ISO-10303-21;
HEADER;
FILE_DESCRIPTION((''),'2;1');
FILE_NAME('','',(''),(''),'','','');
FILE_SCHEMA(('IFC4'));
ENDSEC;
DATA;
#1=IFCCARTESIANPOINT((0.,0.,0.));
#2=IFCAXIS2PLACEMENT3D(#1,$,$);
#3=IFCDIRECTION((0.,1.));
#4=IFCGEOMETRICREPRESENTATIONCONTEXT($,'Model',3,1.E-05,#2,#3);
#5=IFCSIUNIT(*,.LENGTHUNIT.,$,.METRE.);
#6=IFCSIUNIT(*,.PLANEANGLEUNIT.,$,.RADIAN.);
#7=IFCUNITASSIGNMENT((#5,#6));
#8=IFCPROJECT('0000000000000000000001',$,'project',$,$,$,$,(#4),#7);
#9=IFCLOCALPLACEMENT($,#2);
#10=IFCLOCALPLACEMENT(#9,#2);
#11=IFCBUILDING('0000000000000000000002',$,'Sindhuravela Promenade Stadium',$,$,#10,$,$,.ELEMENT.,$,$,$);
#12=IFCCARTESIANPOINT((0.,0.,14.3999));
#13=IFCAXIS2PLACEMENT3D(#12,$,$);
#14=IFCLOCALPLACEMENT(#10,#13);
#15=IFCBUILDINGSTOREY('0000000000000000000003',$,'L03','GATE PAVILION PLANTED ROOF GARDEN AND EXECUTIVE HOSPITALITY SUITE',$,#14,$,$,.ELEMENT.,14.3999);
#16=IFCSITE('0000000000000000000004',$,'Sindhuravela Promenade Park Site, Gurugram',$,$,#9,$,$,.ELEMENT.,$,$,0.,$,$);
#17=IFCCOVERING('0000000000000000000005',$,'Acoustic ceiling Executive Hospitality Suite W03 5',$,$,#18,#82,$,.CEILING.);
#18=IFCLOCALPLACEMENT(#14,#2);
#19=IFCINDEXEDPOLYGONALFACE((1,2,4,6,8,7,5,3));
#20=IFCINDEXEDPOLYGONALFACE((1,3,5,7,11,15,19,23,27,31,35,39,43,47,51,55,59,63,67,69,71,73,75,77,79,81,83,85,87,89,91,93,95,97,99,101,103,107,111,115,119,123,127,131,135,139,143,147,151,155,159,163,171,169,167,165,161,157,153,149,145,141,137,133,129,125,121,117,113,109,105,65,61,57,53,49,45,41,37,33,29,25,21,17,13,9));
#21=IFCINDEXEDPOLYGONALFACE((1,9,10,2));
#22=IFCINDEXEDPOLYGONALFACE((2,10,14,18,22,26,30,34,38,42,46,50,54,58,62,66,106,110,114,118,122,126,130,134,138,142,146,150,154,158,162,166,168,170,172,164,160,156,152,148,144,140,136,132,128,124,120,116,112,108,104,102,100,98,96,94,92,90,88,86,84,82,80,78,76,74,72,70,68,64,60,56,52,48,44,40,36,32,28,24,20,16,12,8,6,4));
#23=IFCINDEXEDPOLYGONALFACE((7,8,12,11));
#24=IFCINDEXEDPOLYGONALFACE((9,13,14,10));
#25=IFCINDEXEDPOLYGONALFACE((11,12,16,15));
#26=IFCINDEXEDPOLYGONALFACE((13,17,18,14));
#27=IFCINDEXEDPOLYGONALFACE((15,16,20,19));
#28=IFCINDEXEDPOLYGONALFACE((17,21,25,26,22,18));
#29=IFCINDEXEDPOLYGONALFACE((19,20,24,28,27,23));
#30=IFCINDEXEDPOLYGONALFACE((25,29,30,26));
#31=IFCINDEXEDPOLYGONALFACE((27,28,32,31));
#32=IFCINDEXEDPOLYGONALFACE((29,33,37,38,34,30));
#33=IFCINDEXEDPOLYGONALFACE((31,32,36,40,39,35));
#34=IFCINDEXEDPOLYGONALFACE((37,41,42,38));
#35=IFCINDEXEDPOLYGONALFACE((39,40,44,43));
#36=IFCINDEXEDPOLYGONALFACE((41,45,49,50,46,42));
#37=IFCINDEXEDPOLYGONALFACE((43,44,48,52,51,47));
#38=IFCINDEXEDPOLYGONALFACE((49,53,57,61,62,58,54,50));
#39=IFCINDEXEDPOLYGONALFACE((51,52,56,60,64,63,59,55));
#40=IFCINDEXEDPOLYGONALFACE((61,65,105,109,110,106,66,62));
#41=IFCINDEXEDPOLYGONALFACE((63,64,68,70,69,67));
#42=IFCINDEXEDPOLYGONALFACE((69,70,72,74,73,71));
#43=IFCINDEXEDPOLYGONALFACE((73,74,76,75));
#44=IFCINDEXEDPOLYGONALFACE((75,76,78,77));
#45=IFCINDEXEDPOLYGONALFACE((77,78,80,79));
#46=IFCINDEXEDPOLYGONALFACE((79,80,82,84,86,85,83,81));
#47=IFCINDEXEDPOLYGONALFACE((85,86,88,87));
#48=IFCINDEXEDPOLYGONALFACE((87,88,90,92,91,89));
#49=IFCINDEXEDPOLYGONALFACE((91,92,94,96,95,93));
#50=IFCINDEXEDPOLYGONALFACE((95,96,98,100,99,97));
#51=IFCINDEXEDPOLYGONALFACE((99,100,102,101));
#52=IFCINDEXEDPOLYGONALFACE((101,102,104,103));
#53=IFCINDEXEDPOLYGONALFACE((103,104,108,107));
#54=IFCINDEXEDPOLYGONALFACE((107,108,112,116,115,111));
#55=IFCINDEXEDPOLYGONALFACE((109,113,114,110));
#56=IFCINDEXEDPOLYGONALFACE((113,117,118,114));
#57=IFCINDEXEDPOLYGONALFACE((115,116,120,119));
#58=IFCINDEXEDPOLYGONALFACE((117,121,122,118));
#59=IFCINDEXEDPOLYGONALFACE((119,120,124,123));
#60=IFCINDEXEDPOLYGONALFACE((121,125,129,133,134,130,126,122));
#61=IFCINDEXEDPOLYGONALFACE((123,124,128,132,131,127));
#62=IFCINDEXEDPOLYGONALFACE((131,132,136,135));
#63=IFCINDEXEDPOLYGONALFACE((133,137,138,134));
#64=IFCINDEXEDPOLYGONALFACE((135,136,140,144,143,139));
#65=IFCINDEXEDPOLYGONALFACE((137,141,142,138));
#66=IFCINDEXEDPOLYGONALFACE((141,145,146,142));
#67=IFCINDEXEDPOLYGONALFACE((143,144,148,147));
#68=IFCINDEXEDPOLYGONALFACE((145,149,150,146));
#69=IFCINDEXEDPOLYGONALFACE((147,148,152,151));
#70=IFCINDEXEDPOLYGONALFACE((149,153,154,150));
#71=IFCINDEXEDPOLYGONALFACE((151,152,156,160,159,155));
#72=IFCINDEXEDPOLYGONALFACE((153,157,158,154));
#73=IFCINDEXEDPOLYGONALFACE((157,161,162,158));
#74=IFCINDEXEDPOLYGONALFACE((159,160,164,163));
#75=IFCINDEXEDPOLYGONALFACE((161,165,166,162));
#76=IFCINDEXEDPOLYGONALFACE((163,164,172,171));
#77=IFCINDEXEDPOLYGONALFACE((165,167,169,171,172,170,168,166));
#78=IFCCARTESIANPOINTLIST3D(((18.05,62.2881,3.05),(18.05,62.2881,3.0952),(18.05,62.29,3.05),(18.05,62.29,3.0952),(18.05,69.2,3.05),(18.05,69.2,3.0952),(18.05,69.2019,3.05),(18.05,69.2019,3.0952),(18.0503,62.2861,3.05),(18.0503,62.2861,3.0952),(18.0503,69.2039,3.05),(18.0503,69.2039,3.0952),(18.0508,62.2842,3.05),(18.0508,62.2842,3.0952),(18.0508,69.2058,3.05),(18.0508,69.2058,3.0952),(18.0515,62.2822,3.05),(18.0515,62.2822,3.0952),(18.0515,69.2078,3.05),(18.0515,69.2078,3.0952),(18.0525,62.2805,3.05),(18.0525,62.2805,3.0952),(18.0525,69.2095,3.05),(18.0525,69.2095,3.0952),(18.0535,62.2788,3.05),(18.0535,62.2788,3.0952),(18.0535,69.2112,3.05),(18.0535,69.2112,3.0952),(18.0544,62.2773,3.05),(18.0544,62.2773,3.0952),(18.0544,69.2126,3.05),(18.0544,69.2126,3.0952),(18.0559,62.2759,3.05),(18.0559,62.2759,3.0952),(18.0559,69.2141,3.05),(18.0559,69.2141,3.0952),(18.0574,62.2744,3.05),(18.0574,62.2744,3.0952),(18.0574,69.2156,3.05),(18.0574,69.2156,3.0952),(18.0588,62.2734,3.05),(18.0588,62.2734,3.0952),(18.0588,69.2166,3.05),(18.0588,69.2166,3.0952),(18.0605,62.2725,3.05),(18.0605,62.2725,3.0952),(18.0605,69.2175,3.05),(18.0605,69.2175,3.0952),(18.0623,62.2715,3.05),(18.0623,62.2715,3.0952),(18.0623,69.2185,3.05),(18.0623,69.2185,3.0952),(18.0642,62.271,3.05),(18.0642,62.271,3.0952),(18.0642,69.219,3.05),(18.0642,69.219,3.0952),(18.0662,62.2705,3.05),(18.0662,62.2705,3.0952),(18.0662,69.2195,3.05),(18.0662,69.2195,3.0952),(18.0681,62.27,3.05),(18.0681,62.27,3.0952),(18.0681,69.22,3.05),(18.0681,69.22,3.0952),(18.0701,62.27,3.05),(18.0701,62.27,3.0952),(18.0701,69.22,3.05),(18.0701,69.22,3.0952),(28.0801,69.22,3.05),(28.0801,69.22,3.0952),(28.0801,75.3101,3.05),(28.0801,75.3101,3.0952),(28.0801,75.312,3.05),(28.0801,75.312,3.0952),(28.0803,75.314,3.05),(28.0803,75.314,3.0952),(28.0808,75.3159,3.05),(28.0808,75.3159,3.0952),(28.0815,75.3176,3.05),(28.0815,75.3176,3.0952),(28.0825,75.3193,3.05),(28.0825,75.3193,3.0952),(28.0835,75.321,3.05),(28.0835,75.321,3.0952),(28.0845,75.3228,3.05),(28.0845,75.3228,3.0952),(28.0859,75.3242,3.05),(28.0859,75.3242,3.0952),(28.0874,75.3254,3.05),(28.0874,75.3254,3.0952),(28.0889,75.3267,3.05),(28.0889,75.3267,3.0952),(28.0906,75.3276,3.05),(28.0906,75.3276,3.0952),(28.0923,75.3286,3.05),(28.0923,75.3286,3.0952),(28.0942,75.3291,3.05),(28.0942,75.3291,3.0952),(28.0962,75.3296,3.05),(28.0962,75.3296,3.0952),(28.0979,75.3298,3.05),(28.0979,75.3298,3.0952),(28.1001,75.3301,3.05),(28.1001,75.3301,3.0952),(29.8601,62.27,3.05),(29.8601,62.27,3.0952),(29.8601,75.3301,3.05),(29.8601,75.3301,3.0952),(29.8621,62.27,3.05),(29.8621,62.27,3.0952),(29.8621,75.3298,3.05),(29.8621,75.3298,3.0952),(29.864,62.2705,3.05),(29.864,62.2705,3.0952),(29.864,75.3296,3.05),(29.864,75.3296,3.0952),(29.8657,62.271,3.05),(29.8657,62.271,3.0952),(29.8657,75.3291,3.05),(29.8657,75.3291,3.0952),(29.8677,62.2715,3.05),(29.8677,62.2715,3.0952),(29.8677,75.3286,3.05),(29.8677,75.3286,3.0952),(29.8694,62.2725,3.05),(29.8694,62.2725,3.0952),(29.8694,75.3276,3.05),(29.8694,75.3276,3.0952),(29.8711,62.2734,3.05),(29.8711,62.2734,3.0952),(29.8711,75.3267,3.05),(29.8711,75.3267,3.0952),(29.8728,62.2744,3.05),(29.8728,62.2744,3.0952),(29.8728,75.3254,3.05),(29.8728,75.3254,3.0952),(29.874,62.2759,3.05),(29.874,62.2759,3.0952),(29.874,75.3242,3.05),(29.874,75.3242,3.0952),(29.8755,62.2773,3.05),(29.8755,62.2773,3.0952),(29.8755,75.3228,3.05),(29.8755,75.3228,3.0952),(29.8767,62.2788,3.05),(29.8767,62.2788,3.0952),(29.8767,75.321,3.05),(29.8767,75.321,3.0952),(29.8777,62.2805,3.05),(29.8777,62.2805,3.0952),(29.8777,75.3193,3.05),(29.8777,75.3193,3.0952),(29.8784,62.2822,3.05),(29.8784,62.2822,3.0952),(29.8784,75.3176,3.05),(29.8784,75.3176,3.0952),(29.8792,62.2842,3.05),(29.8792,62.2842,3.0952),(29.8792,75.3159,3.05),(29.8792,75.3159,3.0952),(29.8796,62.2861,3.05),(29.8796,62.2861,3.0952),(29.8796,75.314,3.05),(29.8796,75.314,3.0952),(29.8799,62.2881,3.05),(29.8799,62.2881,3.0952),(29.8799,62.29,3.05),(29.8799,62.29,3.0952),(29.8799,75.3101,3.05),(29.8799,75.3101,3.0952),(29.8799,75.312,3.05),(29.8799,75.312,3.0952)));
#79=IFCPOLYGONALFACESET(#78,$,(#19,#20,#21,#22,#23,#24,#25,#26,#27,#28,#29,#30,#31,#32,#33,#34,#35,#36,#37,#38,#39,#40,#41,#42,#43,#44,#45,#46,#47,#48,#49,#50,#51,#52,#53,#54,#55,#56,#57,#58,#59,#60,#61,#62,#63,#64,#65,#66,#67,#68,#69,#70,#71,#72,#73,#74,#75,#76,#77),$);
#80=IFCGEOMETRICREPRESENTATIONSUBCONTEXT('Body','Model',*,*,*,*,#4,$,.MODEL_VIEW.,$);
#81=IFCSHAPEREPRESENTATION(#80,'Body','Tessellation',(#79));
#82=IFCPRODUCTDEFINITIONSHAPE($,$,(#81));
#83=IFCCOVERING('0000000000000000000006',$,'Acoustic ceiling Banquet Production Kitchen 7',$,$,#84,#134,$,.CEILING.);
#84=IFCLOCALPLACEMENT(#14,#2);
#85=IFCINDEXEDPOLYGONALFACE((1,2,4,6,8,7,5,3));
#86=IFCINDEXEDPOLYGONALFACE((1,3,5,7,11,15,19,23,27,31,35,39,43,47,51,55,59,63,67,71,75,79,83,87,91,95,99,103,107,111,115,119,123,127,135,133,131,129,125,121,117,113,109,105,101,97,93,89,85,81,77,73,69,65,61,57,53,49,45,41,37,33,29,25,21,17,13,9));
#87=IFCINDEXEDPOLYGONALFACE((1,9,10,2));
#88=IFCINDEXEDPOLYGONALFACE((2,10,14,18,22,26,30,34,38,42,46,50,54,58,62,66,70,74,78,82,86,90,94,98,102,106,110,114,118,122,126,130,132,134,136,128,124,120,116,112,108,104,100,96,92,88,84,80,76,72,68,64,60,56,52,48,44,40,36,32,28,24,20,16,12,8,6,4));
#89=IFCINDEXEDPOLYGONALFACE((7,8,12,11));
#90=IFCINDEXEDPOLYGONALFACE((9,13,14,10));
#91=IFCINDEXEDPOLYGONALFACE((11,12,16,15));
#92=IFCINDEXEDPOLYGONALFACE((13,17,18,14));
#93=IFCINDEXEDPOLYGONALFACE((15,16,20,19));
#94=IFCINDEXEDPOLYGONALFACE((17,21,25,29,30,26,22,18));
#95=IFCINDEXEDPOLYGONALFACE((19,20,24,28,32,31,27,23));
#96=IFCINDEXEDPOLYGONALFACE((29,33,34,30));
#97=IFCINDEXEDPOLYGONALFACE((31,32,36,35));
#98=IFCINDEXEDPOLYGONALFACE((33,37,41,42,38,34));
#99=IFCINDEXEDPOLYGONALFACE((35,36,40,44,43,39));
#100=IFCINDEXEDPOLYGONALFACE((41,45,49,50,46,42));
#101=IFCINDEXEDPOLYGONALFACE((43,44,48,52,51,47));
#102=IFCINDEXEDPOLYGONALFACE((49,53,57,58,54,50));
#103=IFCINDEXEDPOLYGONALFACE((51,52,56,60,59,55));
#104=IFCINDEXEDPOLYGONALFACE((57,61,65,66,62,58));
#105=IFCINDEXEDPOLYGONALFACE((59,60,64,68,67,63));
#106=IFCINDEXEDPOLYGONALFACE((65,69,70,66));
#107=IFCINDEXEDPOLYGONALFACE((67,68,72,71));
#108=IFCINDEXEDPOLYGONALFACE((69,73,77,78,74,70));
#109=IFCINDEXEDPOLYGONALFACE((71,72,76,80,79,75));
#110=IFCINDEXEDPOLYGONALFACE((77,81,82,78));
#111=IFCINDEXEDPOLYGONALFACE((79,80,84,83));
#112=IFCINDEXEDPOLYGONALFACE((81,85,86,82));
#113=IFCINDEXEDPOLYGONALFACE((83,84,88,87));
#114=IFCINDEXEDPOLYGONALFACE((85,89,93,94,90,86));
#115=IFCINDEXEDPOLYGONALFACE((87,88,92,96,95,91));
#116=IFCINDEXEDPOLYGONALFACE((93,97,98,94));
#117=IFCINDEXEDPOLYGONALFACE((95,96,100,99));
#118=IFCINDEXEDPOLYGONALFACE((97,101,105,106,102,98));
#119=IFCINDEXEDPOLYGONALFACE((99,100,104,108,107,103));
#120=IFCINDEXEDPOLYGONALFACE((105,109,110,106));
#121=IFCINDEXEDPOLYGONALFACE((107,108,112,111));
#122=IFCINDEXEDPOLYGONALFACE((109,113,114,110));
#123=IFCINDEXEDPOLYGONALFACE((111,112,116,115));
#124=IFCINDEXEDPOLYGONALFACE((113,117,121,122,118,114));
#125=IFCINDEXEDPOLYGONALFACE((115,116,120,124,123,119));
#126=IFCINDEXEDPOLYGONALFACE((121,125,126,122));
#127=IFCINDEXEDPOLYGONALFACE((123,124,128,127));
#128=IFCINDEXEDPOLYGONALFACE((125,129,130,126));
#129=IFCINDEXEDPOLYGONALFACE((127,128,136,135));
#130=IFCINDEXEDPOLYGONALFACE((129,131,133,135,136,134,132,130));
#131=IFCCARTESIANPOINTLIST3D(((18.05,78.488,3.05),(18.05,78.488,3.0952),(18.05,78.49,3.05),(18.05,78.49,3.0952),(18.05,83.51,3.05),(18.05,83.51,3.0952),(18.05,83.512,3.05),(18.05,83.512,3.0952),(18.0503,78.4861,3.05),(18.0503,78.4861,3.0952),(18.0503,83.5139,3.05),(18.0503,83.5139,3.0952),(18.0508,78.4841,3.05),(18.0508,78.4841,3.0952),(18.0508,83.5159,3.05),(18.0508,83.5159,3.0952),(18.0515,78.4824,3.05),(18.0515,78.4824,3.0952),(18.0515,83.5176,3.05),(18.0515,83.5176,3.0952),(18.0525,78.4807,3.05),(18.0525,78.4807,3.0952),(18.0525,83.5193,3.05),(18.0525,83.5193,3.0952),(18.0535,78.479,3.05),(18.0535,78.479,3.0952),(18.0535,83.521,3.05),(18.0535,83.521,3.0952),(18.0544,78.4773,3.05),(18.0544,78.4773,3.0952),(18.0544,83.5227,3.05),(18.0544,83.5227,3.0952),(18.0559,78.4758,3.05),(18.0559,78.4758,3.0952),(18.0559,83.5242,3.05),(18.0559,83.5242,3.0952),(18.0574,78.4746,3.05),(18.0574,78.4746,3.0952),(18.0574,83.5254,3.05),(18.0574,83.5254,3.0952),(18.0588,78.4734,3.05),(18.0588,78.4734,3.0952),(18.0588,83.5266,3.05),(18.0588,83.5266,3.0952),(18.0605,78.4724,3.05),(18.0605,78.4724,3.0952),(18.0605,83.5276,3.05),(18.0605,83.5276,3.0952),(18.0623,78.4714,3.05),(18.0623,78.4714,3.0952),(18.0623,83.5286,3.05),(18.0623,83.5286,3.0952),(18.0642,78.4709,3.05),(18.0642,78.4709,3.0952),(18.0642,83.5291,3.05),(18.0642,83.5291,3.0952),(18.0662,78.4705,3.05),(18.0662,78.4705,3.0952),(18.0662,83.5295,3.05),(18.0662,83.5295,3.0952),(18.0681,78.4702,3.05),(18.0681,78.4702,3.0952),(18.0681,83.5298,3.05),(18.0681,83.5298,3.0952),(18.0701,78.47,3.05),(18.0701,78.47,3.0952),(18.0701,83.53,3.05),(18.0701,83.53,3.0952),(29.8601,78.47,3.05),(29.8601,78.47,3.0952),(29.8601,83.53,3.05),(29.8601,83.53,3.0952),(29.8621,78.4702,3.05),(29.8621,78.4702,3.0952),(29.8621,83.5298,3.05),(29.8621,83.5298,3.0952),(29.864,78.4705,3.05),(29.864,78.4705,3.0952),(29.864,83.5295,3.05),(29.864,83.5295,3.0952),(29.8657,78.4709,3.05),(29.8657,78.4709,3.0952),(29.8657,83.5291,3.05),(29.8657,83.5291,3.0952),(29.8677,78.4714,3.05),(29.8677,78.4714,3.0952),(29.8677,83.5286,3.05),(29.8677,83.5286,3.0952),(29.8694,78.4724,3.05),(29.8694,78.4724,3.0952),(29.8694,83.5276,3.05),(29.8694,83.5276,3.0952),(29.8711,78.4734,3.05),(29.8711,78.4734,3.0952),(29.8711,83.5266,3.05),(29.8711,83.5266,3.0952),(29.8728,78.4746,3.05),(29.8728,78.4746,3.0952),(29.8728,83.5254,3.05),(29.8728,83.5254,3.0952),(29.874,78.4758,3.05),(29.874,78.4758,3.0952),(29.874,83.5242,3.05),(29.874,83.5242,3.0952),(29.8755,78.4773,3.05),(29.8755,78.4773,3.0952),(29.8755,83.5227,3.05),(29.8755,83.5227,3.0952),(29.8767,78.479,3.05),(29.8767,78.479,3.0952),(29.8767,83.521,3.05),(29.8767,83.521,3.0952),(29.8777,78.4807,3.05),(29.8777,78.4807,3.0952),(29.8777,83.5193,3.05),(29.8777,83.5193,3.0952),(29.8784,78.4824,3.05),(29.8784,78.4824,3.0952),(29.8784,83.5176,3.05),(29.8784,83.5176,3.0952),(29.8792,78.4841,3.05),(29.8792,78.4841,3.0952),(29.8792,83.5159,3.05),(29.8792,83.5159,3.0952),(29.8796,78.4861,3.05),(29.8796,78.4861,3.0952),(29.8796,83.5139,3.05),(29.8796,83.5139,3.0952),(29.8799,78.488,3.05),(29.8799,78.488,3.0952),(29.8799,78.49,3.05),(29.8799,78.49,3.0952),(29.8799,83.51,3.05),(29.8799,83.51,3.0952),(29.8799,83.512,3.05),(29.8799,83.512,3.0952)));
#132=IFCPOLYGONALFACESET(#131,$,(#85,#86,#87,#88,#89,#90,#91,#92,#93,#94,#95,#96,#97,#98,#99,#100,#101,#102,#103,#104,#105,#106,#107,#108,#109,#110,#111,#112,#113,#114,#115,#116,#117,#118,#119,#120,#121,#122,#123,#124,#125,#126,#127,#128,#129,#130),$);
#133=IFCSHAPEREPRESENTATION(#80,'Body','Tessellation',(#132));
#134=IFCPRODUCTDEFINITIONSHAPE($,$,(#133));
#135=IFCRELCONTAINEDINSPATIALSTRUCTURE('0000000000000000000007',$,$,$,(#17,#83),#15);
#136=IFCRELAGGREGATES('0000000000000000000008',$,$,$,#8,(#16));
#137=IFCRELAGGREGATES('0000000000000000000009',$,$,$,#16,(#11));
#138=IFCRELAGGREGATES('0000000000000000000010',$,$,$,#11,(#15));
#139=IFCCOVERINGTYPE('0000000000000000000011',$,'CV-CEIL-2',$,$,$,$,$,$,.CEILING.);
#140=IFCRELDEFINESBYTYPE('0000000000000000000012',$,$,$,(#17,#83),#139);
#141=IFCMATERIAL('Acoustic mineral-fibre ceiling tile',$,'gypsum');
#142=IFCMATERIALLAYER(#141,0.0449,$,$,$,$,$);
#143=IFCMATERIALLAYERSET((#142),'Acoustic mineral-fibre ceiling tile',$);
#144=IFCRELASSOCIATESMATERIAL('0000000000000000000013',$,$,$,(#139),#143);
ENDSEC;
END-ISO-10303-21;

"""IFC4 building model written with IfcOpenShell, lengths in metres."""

from ifc_helpers import new_model, si_unit, direction, frame, origin, place, context, subcontext, project, spatial, polyline, outline, extrude, material, layer, layer_set, type_object, element, save


model = new_model("IFC4")

# Units and contexts
model_context = context("Model", 3, precision=1e-05, world=origin(), true_north=direction((0.0, 1.0)))
body_context = subcontext(model_context, "Body", "Model", "MODEL_VIEW")
ifc_project = project(units=[si_unit("LENGTHUNIT", "METRE"), si_unit("PLANEANGLEUNIT", "RADIAN")], contexts=[model_context])

# Site, building, storey
site_placement = place(None, origin())
site = spatial("IfcSite", under=ifc_project, at=site_placement, Name="Sindhuravela Promenade Park Site, Gurugram", CompositionType="ELEMENT", RefElevation=0.0)
building_placement = place(site_placement, origin())
building = spatial("IfcBuilding", under=site, at=building_placement, Name="Sindhuravela Promenade Stadium", CompositionType="ELEMENT")
storey_placement = place(building_placement, frame((0.0, 0.0, 14.3999)))
storey = spatial("IfcBuildingStorey", under=building, at=storey_placement, Name="L03", Description="GATE PAVILION PLANTED ROOF GARDEN AND EXECUTIVE HOSPITALITY SUITE", CompositionType="ELEMENT", Elevation=14.3999)

# Coverings
ifc_material_1 = material(Name="Acoustic mineral-fibre ceiling tile", Category="gypsum")
ifc_layer_1 = layer(ifc_material_1, 0.0449)
ifc_layer_set_1 = layer_set([ifc_layer_1], Name="Acoustic mineral-fibre ceiling tile")
covering_type_1 = type_object("IfcCoveringType", Name="CV-CEIL-2", PredefinedType="CEILING", material=ifc_layer_set_1)
covering_1_placement = place(storey_placement, frame((0.0, 0.0, 3.05)))
element("IfcCovering", 1, at=covering_1_placement, inside=storey, type_object=covering_type_1, Name="Acoustic ceiling Executive Hospitality Suite W03 5", PredefinedType="CEILING", context=body_context, shape_type="SweptSolid", body=[
    extrude(outline(polyline([(28.0801, 75.3101), (28.0801, 75.312), (28.0803, 75.314), (28.0808, 75.3159), (28.0815, 75.3176), (28.0825, 75.3193), (28.0835, 75.321), (28.0845, 75.3228), (28.0859, 75.3242), (28.0874, 75.3254), (28.0889, 75.3267), (28.0906, 75.3276), (28.0923, 75.3286), (28.0942, 75.3291), (28.0962, 75.3296), (28.0979, 75.3298), (28.1001, 75.3301), (29.8601, 75.3301), (29.8621, 75.3298), (29.864, 75.3296), (29.8657, 75.3291), (29.8677, 75.3286), (29.8694, 75.3276), (29.8711, 75.3267), (29.8728, 75.3254), (29.874, 75.3242), (29.8755, 75.3228), (29.8767, 75.321), (29.8777, 75.3193), (29.8784, 75.3176), (29.8792, 75.3159), (29.8796, 75.314), (29.8799, 75.312), (29.8799, 75.3101), (29.8799, 62.29), (29.8799, 62.2881), (29.8796, 62.2861), (29.8792, 62.2842), (29.8784, 62.2822), (29.8777, 62.2805), (29.8767, 62.2788), (29.8755, 62.2773), (29.874, 62.2759), (29.8728, 62.2744), (29.8711, 62.2734), (29.8694, 62.2725), (29.8677, 62.2715), (29.8657, 62.271), (29.864, 62.2705), (29.8621, 62.27), (29.8601, 62.27), (18.0701, 62.27), (18.0681, 62.27), (18.0662, 62.2705), (18.0642, 62.271), (18.0623, 62.2715), (18.0605, 62.2725), (18.0588, 62.2734), (18.0574, 62.2744), (18.0559, 62.2759), (18.0544, 62.2773), (18.0535, 62.2788), (18.0525, 62.2805), (18.0515, 62.2822), (18.0508, 62.2842), (18.0503, 62.2861), (18.05, 62.2881), (18.05, 62.29), (18.05, 69.2), (18.05, 69.2019), (18.0503, 69.2039), (18.0508, 69.2058), (18.0515, 69.2078), (18.0525, 69.2095), (18.0535, 69.2112), (18.0544, 69.2126), (18.0559, 69.2141), (18.0574, 69.2156), (18.0588, 69.2166), (18.0605, 69.2175), (18.0623, 69.2185), (18.0642, 69.219), (18.0662, 69.2195), (18.0681, 69.22), (18.0701, 69.22), (28.0801, 69.22), (28.0801, 75.3101)])), origin(), (0.0, 0.0, 1.0), 0.0452),
])
covering_2_placement = place(storey_placement, frame((0.0, 0.0, 3.05)))
element("IfcCovering", 2, at=covering_2_placement, inside=storey, type_object=covering_type_1, Name="Acoustic ceiling Banquet Production Kitchen 7", PredefinedType="CEILING", context=body_context, shape_type="SweptSolid", body=[
    extrude(outline(polyline([(29.8601, 83.53), (29.8621, 83.5298), (29.864, 83.5295), (29.8657, 83.5291), (29.8677, 83.5286), (29.8694, 83.5276), (29.8711, 83.5266), (29.8728, 83.5254), (29.874, 83.5242), (29.8755, 83.5227), (29.8767, 83.521), (29.8777, 83.5193), (29.8784, 83.5176), (29.8792, 83.5159), (29.8796, 83.5139), (29.8799, 83.512), (29.8799, 83.51), (29.8799, 78.49), (29.8799, 78.488), (29.8796, 78.4861), (29.8792, 78.4841), (29.8784, 78.4824), (29.8777, 78.4807), (29.8767, 78.479), (29.8755, 78.4773), (29.874, 78.4758), (29.8728, 78.4746), (29.8711, 78.4734), (29.8694, 78.4724), (29.8677, 78.4714), (29.8657, 78.4709), (29.864, 78.4705), (29.8621, 78.4702), (29.8601, 78.47), (18.0701, 78.47), (18.0681, 78.4702), (18.0662, 78.4705), (18.0642, 78.4709), (18.0623, 78.4714), (18.0605, 78.4724), (18.0588, 78.4734), (18.0574, 78.4746), (18.0559, 78.4758), (18.0544, 78.4773), (18.0535, 78.479), (18.0525, 78.4807), (18.0515, 78.4824), (18.0508, 78.4841), (18.0503, 78.4861), (18.05, 78.488), (18.05, 78.49), (18.05, 83.51), (18.05, 83.512), (18.0503, 83.5139), (18.0508, 83.5159), (18.0515, 83.5176), (18.0525, 83.5193), (18.0535, 83.521), (18.0544, 83.5227), (18.0559, 83.5242), (18.0574, 83.5254), (18.0588, 83.5266), (18.0605, 83.5276), (18.0623, 83.5286), (18.0642, 83.5291), (18.0662, 83.5295), (18.0681, 83.5298), (18.0701, 83.53), (29.8601, 83.53)])), origin(), (0.0, 0.0, 1.0), 0.0452),
])

save(model, "model.ifc")
